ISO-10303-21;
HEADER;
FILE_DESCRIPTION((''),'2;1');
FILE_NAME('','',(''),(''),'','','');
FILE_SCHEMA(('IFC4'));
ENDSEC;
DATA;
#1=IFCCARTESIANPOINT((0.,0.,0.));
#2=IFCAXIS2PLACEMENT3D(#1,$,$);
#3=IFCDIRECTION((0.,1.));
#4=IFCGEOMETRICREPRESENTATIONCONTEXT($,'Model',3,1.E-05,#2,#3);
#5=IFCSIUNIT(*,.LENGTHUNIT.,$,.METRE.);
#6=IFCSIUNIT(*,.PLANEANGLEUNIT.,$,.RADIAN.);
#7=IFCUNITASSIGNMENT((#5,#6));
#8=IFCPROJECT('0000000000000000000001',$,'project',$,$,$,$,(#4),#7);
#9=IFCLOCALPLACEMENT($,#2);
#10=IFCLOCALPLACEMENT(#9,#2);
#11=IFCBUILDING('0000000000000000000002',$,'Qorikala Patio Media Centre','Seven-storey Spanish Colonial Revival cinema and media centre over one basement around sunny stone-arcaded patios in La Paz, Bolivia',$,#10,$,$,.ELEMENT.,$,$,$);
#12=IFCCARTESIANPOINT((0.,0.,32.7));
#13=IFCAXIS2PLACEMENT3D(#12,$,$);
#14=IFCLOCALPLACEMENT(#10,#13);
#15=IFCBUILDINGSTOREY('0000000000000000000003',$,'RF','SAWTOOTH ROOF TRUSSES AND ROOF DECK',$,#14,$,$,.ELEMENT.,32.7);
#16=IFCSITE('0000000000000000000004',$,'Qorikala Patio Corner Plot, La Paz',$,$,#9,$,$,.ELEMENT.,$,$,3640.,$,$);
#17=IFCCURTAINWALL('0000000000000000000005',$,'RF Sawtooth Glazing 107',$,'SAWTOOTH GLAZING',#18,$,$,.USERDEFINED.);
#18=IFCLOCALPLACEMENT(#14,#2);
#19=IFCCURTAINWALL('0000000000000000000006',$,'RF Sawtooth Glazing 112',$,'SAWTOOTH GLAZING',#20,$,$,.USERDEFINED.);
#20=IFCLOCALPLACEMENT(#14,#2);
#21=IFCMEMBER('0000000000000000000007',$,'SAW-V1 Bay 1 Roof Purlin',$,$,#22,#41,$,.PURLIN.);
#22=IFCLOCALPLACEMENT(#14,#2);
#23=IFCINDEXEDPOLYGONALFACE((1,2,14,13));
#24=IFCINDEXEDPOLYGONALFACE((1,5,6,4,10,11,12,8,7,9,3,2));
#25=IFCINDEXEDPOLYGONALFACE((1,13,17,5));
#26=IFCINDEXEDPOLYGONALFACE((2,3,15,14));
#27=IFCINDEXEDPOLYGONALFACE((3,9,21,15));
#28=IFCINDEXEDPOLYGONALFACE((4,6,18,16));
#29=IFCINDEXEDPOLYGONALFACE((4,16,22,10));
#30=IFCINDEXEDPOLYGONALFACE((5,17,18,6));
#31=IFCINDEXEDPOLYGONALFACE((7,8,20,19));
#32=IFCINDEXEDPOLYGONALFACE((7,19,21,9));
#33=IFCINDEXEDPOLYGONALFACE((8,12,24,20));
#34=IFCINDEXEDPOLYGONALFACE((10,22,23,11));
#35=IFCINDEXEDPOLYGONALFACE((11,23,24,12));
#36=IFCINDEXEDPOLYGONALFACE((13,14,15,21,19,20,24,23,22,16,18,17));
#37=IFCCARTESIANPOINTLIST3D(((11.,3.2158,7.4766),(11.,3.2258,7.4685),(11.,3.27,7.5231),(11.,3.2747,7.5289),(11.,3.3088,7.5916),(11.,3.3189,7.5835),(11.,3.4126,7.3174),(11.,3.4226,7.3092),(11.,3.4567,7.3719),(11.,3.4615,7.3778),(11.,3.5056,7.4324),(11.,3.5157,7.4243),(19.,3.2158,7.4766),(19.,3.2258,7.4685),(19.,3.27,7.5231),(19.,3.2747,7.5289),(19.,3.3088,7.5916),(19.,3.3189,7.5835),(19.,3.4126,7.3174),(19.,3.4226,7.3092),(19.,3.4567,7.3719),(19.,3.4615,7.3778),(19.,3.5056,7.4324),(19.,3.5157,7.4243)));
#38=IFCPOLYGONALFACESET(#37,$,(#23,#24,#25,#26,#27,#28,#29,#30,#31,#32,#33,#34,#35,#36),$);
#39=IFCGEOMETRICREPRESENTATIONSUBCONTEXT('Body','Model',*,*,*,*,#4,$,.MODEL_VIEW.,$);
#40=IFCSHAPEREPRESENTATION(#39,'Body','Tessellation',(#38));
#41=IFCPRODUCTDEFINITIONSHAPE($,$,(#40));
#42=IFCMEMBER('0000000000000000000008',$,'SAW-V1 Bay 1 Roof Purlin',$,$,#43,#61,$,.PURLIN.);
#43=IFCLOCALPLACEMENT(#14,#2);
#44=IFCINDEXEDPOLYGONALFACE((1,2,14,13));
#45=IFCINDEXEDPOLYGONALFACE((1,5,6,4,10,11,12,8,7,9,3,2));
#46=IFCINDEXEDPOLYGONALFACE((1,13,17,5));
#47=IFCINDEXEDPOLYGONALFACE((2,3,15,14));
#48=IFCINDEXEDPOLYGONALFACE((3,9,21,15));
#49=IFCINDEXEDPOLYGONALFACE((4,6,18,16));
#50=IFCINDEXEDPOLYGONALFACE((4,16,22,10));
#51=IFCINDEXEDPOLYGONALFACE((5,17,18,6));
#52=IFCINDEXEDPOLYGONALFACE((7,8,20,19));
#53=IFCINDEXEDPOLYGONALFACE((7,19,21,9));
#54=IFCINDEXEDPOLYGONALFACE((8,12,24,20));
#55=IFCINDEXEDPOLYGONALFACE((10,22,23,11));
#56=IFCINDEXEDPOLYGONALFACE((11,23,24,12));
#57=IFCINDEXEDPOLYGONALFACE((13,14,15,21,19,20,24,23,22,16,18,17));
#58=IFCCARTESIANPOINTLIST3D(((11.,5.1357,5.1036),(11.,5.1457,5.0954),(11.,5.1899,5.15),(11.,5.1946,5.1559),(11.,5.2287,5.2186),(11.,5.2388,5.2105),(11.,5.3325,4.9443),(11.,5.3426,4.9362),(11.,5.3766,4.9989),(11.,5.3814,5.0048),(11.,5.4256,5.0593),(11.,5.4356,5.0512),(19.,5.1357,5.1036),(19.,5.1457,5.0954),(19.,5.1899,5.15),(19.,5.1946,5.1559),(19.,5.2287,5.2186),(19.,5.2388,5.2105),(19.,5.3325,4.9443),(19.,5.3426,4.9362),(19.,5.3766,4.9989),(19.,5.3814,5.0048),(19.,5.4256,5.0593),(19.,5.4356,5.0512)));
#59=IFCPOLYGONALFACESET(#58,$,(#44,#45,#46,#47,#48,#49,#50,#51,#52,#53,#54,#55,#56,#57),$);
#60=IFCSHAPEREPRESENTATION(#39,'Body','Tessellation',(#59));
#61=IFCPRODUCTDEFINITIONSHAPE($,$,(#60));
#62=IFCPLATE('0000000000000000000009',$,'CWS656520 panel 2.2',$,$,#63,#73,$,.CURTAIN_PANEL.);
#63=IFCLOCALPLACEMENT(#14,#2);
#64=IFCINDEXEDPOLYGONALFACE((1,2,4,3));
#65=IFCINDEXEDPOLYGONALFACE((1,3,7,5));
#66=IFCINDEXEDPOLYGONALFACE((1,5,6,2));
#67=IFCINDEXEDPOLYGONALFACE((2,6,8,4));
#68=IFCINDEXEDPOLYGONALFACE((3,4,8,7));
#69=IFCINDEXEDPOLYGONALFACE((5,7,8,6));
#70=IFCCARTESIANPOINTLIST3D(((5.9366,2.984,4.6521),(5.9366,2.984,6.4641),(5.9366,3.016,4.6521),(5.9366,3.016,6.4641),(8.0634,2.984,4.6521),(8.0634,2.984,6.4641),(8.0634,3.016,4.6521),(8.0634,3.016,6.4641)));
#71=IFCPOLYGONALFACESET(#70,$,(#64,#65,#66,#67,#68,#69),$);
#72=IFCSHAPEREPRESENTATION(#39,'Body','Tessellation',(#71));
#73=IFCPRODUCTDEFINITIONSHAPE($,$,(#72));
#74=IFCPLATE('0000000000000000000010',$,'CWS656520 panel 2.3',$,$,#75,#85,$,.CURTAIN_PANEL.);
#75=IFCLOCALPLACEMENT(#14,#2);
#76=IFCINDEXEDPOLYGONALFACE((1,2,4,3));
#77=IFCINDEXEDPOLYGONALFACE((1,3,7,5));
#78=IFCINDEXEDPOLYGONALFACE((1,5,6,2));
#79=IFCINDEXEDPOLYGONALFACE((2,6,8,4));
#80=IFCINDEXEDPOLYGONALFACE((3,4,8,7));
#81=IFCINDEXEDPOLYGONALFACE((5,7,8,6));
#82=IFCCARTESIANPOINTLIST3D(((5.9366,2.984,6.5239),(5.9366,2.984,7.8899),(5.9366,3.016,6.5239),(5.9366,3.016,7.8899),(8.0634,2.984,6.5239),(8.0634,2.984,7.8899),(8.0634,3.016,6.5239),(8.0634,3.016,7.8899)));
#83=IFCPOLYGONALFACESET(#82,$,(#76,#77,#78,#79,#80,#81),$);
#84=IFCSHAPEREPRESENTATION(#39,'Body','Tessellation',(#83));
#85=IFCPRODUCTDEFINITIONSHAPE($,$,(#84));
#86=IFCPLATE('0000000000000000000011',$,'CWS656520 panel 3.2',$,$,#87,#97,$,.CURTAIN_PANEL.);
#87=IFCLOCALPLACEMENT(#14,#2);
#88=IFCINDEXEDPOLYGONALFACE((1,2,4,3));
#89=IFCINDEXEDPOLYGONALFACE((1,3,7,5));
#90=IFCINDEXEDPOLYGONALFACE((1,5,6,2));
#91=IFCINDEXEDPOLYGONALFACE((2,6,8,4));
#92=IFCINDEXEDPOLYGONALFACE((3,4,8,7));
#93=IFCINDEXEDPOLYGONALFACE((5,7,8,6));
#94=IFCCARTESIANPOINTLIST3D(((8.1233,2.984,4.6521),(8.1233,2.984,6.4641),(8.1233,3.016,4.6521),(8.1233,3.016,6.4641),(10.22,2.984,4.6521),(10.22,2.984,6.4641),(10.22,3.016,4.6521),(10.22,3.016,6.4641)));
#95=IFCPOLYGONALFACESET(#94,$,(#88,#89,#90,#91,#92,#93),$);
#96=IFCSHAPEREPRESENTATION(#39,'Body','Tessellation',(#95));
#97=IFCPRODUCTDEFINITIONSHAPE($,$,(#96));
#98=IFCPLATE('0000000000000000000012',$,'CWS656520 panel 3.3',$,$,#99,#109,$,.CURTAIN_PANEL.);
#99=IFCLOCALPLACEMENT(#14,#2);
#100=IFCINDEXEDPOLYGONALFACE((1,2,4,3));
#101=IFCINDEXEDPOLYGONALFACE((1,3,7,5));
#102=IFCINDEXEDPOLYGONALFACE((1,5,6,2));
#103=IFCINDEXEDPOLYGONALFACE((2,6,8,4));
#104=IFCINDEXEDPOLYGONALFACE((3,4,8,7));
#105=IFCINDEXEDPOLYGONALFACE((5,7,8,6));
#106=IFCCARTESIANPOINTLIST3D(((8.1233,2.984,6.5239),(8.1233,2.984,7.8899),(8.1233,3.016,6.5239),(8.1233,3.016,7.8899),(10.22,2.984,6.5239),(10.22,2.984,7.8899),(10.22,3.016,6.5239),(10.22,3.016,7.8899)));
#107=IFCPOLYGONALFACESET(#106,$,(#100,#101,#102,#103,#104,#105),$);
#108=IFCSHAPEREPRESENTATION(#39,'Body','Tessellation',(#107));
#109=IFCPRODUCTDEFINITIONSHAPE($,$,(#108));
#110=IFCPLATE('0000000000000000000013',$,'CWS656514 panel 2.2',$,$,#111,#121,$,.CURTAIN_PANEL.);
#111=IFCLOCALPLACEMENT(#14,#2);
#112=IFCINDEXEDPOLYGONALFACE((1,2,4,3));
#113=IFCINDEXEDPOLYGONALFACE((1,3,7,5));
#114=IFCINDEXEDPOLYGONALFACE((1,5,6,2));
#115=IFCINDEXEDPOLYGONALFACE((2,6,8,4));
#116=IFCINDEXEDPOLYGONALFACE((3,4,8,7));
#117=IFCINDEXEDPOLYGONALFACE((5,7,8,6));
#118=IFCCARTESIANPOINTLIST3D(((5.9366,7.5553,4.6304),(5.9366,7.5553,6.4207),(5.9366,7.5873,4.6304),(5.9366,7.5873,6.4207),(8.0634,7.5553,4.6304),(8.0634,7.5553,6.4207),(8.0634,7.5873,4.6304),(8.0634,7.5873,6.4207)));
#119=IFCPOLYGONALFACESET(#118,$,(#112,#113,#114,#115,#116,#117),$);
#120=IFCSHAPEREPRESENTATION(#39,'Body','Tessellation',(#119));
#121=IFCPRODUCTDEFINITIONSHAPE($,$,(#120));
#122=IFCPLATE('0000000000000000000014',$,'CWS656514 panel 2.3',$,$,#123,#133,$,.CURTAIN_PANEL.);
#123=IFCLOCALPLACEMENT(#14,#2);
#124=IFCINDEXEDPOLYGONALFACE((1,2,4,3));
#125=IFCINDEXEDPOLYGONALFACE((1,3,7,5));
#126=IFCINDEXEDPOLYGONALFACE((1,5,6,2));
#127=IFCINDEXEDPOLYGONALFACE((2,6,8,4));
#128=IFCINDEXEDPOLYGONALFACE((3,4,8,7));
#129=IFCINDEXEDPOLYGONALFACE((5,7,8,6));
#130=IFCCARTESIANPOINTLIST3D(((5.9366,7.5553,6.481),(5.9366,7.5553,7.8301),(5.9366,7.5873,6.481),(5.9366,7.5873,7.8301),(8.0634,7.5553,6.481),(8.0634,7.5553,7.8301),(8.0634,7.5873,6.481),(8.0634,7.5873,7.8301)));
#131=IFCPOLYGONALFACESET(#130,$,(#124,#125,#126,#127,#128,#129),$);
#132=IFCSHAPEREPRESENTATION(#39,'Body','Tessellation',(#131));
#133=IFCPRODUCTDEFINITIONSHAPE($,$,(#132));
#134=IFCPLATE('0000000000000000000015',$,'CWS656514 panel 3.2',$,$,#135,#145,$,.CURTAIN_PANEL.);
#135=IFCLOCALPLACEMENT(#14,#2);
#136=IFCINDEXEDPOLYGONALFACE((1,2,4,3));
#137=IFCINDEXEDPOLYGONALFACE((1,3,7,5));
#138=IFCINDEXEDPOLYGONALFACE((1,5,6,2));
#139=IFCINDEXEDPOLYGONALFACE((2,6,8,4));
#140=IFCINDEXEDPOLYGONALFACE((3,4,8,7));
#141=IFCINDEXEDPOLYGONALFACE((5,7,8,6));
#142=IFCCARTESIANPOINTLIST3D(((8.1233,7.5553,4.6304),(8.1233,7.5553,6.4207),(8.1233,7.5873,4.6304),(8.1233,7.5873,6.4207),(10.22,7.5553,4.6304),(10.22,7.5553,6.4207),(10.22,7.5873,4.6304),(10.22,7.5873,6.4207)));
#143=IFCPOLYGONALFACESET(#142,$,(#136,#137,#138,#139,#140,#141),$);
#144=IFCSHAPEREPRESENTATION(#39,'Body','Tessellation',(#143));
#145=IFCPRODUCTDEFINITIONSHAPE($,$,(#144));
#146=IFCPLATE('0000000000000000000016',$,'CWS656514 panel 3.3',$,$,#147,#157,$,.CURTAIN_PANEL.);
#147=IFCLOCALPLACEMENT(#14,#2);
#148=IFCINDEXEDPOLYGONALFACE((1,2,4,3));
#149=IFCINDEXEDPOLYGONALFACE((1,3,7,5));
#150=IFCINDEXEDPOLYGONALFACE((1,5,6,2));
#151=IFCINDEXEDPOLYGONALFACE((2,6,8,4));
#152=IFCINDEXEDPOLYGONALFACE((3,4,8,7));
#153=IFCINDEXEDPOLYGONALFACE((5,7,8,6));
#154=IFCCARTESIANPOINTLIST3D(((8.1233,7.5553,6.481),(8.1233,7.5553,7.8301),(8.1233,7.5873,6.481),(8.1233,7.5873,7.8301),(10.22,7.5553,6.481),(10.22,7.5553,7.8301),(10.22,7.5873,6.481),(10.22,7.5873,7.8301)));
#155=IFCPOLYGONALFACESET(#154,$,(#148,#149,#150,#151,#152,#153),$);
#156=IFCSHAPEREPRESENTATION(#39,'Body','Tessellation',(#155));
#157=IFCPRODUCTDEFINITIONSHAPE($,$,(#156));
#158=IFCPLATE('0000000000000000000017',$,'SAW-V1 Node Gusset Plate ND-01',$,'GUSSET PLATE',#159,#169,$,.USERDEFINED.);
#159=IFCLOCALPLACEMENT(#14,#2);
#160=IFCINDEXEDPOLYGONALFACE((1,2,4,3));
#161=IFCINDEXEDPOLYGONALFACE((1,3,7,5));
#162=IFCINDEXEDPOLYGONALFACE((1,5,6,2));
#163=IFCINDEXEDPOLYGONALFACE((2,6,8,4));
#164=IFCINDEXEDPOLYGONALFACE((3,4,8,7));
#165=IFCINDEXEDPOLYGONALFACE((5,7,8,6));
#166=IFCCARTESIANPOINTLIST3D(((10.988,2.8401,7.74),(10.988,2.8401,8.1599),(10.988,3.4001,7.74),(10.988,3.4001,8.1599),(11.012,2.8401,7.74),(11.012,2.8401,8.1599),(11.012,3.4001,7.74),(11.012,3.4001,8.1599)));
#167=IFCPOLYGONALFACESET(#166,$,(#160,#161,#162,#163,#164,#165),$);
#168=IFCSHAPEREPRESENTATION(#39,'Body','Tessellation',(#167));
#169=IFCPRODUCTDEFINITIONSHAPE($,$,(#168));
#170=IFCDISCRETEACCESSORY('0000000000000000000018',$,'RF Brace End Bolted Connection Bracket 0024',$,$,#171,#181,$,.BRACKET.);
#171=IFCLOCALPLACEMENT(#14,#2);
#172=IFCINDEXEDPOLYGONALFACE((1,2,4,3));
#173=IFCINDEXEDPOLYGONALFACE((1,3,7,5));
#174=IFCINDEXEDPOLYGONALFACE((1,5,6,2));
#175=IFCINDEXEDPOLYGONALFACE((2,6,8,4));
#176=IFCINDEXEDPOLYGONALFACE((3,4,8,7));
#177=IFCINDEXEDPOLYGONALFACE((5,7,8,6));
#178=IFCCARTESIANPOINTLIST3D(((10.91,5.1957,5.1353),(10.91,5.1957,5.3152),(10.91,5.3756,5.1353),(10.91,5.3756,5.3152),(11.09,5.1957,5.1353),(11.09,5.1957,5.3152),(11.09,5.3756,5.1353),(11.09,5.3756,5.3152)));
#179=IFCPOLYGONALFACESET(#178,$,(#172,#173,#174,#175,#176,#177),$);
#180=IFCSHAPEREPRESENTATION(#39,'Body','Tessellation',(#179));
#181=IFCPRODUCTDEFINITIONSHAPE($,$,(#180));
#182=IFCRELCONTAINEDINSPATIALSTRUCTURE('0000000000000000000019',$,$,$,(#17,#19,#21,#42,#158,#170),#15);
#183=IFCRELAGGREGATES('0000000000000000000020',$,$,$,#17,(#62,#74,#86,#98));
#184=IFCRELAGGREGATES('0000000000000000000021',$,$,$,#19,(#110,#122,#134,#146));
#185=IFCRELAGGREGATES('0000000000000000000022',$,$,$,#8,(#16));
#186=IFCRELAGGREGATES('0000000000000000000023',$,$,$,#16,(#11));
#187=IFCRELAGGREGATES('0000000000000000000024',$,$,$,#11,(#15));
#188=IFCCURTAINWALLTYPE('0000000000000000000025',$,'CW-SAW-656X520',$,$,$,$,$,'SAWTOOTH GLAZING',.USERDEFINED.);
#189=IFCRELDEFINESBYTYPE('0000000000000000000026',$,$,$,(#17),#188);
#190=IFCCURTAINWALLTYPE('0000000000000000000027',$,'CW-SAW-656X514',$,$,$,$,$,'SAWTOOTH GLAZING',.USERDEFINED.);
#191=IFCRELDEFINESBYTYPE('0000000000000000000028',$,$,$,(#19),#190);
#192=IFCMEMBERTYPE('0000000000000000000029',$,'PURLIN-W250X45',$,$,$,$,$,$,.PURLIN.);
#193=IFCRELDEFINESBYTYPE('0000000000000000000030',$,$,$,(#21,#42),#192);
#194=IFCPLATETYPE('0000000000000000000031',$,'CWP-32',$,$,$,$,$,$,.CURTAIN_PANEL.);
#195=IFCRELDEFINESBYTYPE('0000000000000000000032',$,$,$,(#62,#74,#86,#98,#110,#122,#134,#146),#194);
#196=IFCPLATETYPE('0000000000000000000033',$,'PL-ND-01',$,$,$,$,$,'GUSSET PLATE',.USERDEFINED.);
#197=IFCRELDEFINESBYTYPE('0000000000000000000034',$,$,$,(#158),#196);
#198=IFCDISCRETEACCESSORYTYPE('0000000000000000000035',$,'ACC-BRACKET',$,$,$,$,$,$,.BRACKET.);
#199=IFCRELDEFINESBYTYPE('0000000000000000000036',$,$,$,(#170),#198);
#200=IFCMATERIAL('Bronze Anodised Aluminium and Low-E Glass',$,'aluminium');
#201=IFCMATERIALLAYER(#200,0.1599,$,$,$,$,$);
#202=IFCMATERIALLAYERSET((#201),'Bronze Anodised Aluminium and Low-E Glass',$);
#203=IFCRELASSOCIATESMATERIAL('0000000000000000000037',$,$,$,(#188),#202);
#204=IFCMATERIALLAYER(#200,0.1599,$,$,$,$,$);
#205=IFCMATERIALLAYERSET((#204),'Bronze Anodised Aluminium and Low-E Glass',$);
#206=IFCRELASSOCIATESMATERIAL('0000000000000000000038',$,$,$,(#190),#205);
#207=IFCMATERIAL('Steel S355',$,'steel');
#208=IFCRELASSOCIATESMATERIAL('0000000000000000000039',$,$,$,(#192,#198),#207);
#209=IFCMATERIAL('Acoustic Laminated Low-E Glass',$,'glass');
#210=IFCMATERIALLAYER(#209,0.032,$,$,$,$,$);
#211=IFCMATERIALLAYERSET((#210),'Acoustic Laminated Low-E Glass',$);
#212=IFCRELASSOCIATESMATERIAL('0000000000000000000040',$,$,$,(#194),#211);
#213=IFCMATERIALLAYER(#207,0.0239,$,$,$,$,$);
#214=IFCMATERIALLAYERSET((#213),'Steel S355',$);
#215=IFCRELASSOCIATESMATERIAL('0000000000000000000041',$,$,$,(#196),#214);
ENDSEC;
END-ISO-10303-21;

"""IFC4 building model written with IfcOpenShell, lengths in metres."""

from ifc_helpers import new_model, si_unit, direction, frame, origin, origin_2d, place, context, subcontext, project, spatial, rectangle, i_section, extrude, material, layer, layer_set, material_profile, profile_set, type_object, element, aggregate, save


model = new_model("IFC4")

# Units and contexts
model_context = context("Model", 3, precision=1e-05, world=origin(), true_north=direction((0.0, 1.0)))
body_context = subcontext(model_context, "Body", "Model", "MODEL_VIEW")
ifc_project = project(units=[si_unit("LENGTHUNIT", "METRE"), si_unit("PLANEANGLEUNIT", "RADIAN")], contexts=[model_context])

# Site, building, storey
site_placement = place(None, origin())
site = spatial("IfcSite", under=ifc_project, at=site_placement, Name="Qorikala Patio Corner Plot, La Paz", CompositionType="ELEMENT", RefElevation=3640.0)
building_placement = place(site_placement, origin())
building = spatial("IfcBuilding", under=site, at=building_placement, Name="Qorikala Patio Media Centre", Description="Seven-storey Spanish Colonial Revival cinema and media centre over one basement around sunny stone-arcaded patios in La Paz, Bolivia", CompositionType="ELEMENT")
storey_placement = place(building_placement, frame((0.0, 0.0, 32.7)))
storey = spatial("IfcBuildingStorey", under=building, at=storey_placement, Name="RF", Description="SAWTOOTH ROOF TRUSSES AND ROOF DECK", CompositionType="ELEMENT", Elevation=32.7)

# Shared definitions
ifc_material_1 = material(Name="Steel S355", Category="steel")

# Curtain walls
ifc_material_2 = material(Name="Bronze Anodised Aluminium and Low-E Glass", Category="aluminium")
ifc_layer_1 = layer(ifc_material_2, 0.1599)
ifc_layer_set_1 = layer_set([ifc_layer_1], Name="Bronze Anodised Aluminium and Low-E Glass")
curtain_wall_type_1 = type_object("IfcCurtainWallType", Name="CW-SAW-656X520", ElementType="SAWTOOTH GLAZING", PredefinedType="USERDEFINED", material=ifc_layer_set_1)
curtain_wall_1_placement = place(storey_placement, origin())
curtain_wall_1 = element("IfcCurtainWall", 1, at=curtain_wall_1_placement, inside=storey, type_object=curtain_wall_type_1, Name="RF Sawtooth Glazing 107", ObjectType="SAWTOOTH GLAZING", PredefinedType="USERDEFINED")
ifc_layer_2 = layer(ifc_material_2, 0.1599)
ifc_layer_set_2 = layer_set([ifc_layer_2], Name="Bronze Anodised Aluminium and Low-E Glass")
curtain_wall_type_2 = type_object("IfcCurtainWallType", Name="CW-SAW-656X514", ElementType="SAWTOOTH GLAZING", PredefinedType="USERDEFINED", material=ifc_layer_set_2)
curtain_wall_2_placement = place(storey_placement, origin())
curtain_wall_2 = element("IfcCurtainWall", 2, at=curtain_wall_2_placement, inside=storey, type_object=curtain_wall_type_2, Name="RF Sawtooth Glazing 112", ObjectType="SAWTOOTH GLAZING", PredefinedType="USERDEFINED")

# Members
ifc_material_profile_1 = material_profile(ifc_material_1, i_section(OverallWidth=0.1479, OverallDepth=0.2661, WebThickness=0.0076, FlangeThickness=0.0129, at=origin_2d()), Name="W250X45")
ifc_profile_set_1 = profile_set([ifc_material_profile_1], Name="Steel S355")
member_type_1 = type_object("IfcMemberType", Name="PURLIN-W250X45", PredefinedType="PURLIN", material=ifc_profile_set_1)
for number, where, z_axis, x_axis, name in (
    (3, (11.0, 3.3657, 7.4504), (1.0, 0.0, 0.0), (0.0, 0.628995, 0.77741), "SAW-V1 Bay 1 Roof Purlin"),
    (4, (11.0, 5.2856, 5.0774), (1.0, 0.0, 0.0), (0.0, 0.628995, 0.77741), "SAW-V1 Bay 1 Roof Purlin"),
):
    element("IfcMember", number, at=place(storey_placement, frame(where, z_axis=z_axis, x_axis=x_axis)), inside=storey, type_object=member_type_1, Name=name, PredefinedType="PURLIN", context=body_context, shape_type="SweptSolid", body=[
        extrude(i_section(OverallWidth=0.1479, OverallDepth=0.2661, WebThickness=0.0076, FlangeThickness=0.0129, at=origin_2d()), origin(), (0.0, 0.0, 1.0), 8.0),
    ])

# Plates
ifc_material_3 = material(Name="Acoustic Laminated Low-E Glass", Category="glass")
ifc_layer_3 = layer(ifc_material_3, 0.032)
ifc_layer_set_3 = layer_set([ifc_layer_3], Name="Acoustic Laminated Low-E Glass")
plate_type_1 = type_object("IfcPlateType", Name="CWP-32", PredefinedType="CURTAIN_PANEL", material=ifc_layer_set_3)
plate_1_placement = place(storey_placement, frame((7.0, 3.0, 4.6521), z_axis=(0.0, 0.0, 1.0), x_axis=(1.0, 0.0, 0.0)))
plate_1 = element("IfcPlate", 5, at=plate_1_placement, type_object=plate_type_1, Name="CWS656520 panel 2.2", PredefinedType="CURTAIN_PANEL", context=body_context, shape_type="SweptSolid", body=[
    extrude(rectangle(XDim=2.1267, YDim=0.032, at=origin_2d()), origin(), (0.0, 0.0, 1.0), 1.812),
])
plate_2_placement = place(storey_placement, frame((7.0, 3.0, 6.5239), z_axis=(0.0, 0.0, 1.0), x_axis=(1.0, 0.0, 0.0)))
plate_2 = element("IfcPlate", 6, at=plate_2_placement, type_object=plate_type_1, Name="CWS656520 panel 2.3", PredefinedType="CURTAIN_PANEL", context=body_context, shape_type="SweptSolid", body=[
    extrude(rectangle(XDim=2.1267, YDim=0.032, at=origin_2d()), origin(), (0.0, 0.0, 1.0), 1.366),
])
plate_3_placement = place(storey_placement, frame((9.1716, 3.0, 4.6521), z_axis=(0.0, 0.0, 1.0), x_axis=(1.0, 0.0, 0.0)))
plate_3 = element("IfcPlate", 7, at=plate_3_placement, type_object=plate_type_1, Name="CWS656520 panel 3.2", PredefinedType="CURTAIN_PANEL", context=body_context, shape_type="SweptSolid", body=[
    extrude(rectangle(XDim=2.0967, YDim=0.032, at=origin_2d()), origin(), (0.0, 0.0, 1.0), 1.812),
])
plate_4_placement = place(storey_placement, frame((9.1716, 3.0, 6.5239), z_axis=(0.0, 0.0, 1.0), x_axis=(1.0, 0.0, 0.0)))
plate_4 = element("IfcPlate", 8, at=plate_4_placement, type_object=plate_type_1, Name="CWS656520 panel 3.3", PredefinedType="CURTAIN_PANEL", context=body_context, shape_type="SweptSolid", body=[
    extrude(rectangle(XDim=2.0967, YDim=0.032, at=origin_2d()), origin(), (0.0, 0.0, 1.0), 1.366),
])
aggregate(curtain_wall_1, [plate_1, plate_2, plate_3, plate_4])
plate_5_placement = place(storey_placement, frame((7.0, 7.5713, 4.6304), z_axis=(0.0, 0.0, 1.0), x_axis=(1.0, 0.0, 0.0)))
plate_5 = element("IfcPlate", 9, at=plate_5_placement, type_object=plate_type_1, Name="CWS656514 panel 2.2", PredefinedType="CURTAIN_PANEL", context=body_context, shape_type="SweptSolid", body=[
    extrude(rectangle(XDim=2.1267, YDim=0.032, at=origin_2d()), origin(), (0.0, 0.0, 1.0), 1.7903),
])
plate_6_placement = place(storey_placement, frame((7.0, 7.5713, 6.481), z_axis=(0.0, 0.0, 1.0), x_axis=(1.0, 0.0, 0.0)))
plate_6 = element("IfcPlate", 10, at=plate_6_placement, type_object=plate_type_1, Name="CWS656514 panel 2.3", PredefinedType="CURTAIN_PANEL", context=body_context, shape_type="SweptSolid", body=[
    extrude(rectangle(XDim=2.1267, YDim=0.032, at=origin_2d()), origin(), (0.0, 0.0, 1.0), 1.3491),
])
plate_7_placement = place(storey_placement, frame((9.1716, 7.5713, 4.6304), z_axis=(0.0, 0.0, 1.0), x_axis=(1.0, 0.0, 0.0)))
plate_7 = element("IfcPlate", 11, at=plate_7_placement, type_object=plate_type_1, Name="CWS656514 panel 3.2", PredefinedType="CURTAIN_PANEL", context=body_context, shape_type="SweptSolid", body=[
    extrude(rectangle(XDim=2.0967, YDim=0.032, at=origin_2d()), origin(), (0.0, 0.0, 1.0), 1.7903),
])
plate_8_placement = place(storey_placement, frame((9.1716, 7.5713, 6.481), z_axis=(0.0, 0.0, 1.0), x_axis=(1.0, 0.0, 0.0)))
plate_8 = element("IfcPlate", 12, at=plate_8_placement, type_object=plate_type_1, Name="CWS656514 panel 3.3", PredefinedType="CURTAIN_PANEL", context=body_context, shape_type="SweptSolid", body=[
    extrude(rectangle(XDim=2.0967, YDim=0.032, at=origin_2d()), origin(), (0.0, 0.0, 1.0), 1.3491),
])
aggregate(curtain_wall_2, [plate_5, plate_6, plate_7, plate_8])
ifc_layer_4 = layer(ifc_material_1, 0.0239)
ifc_layer_set_4 = layer_set([ifc_layer_4], Name="Steel S355")
plate_type_2 = type_object("IfcPlateType", Name="PL-ND-01", ElementType="GUSSET PLATE", PredefinedType="USERDEFINED", material=ifc_layer_set_4)
plate_9_placement = place(storey_placement, frame((11.0, 3.1201, 7.74), z_axis=(0.0, 0.0, 1.0), x_axis=(1.0, 0.0, 0.0)))
element("IfcPlate", 13, at=plate_9_placement, inside=storey, type_object=plate_type_2, Name="SAW-V1 Node Gusset Plate ND-01", ObjectType="GUSSET PLATE", PredefinedType="USERDEFINED", context=body_context, shape_type="SweptSolid", body=[
    extrude(rectangle(XDim=0.0239, YDim=0.5601, at=origin_2d()), origin(), (0.0, 0.0, 1.0), 0.4199),
])

# Discrete accessory
discrete_accessory_type = type_object("IfcDiscreteAccessoryType", Name="ACC-BRACKET", PredefinedType="BRACKET", material=ifc_material_1)
discrete_accessory_placement = place(storey_placement, frame((11.0, 5.2856, 5.1353), z_axis=(0.0, 0.0, 1.0), x_axis=(1.0, 0.0, 0.0)))
element("IfcDiscreteAccessory", 14, at=discrete_accessory_placement, inside=storey, type_object=discrete_accessory_type, Name="RF Brace End Bolted Connection Bracket 0024", PredefinedType="BRACKET", context=body_context, shape_type="SweptSolid", body=[
    extrude(rectangle(XDim=0.1799, YDim=0.1799, at=origin_2d()), origin(), (0.0, 0.0, 1.0), 0.1799),
])

save(model, "model.ifc")
